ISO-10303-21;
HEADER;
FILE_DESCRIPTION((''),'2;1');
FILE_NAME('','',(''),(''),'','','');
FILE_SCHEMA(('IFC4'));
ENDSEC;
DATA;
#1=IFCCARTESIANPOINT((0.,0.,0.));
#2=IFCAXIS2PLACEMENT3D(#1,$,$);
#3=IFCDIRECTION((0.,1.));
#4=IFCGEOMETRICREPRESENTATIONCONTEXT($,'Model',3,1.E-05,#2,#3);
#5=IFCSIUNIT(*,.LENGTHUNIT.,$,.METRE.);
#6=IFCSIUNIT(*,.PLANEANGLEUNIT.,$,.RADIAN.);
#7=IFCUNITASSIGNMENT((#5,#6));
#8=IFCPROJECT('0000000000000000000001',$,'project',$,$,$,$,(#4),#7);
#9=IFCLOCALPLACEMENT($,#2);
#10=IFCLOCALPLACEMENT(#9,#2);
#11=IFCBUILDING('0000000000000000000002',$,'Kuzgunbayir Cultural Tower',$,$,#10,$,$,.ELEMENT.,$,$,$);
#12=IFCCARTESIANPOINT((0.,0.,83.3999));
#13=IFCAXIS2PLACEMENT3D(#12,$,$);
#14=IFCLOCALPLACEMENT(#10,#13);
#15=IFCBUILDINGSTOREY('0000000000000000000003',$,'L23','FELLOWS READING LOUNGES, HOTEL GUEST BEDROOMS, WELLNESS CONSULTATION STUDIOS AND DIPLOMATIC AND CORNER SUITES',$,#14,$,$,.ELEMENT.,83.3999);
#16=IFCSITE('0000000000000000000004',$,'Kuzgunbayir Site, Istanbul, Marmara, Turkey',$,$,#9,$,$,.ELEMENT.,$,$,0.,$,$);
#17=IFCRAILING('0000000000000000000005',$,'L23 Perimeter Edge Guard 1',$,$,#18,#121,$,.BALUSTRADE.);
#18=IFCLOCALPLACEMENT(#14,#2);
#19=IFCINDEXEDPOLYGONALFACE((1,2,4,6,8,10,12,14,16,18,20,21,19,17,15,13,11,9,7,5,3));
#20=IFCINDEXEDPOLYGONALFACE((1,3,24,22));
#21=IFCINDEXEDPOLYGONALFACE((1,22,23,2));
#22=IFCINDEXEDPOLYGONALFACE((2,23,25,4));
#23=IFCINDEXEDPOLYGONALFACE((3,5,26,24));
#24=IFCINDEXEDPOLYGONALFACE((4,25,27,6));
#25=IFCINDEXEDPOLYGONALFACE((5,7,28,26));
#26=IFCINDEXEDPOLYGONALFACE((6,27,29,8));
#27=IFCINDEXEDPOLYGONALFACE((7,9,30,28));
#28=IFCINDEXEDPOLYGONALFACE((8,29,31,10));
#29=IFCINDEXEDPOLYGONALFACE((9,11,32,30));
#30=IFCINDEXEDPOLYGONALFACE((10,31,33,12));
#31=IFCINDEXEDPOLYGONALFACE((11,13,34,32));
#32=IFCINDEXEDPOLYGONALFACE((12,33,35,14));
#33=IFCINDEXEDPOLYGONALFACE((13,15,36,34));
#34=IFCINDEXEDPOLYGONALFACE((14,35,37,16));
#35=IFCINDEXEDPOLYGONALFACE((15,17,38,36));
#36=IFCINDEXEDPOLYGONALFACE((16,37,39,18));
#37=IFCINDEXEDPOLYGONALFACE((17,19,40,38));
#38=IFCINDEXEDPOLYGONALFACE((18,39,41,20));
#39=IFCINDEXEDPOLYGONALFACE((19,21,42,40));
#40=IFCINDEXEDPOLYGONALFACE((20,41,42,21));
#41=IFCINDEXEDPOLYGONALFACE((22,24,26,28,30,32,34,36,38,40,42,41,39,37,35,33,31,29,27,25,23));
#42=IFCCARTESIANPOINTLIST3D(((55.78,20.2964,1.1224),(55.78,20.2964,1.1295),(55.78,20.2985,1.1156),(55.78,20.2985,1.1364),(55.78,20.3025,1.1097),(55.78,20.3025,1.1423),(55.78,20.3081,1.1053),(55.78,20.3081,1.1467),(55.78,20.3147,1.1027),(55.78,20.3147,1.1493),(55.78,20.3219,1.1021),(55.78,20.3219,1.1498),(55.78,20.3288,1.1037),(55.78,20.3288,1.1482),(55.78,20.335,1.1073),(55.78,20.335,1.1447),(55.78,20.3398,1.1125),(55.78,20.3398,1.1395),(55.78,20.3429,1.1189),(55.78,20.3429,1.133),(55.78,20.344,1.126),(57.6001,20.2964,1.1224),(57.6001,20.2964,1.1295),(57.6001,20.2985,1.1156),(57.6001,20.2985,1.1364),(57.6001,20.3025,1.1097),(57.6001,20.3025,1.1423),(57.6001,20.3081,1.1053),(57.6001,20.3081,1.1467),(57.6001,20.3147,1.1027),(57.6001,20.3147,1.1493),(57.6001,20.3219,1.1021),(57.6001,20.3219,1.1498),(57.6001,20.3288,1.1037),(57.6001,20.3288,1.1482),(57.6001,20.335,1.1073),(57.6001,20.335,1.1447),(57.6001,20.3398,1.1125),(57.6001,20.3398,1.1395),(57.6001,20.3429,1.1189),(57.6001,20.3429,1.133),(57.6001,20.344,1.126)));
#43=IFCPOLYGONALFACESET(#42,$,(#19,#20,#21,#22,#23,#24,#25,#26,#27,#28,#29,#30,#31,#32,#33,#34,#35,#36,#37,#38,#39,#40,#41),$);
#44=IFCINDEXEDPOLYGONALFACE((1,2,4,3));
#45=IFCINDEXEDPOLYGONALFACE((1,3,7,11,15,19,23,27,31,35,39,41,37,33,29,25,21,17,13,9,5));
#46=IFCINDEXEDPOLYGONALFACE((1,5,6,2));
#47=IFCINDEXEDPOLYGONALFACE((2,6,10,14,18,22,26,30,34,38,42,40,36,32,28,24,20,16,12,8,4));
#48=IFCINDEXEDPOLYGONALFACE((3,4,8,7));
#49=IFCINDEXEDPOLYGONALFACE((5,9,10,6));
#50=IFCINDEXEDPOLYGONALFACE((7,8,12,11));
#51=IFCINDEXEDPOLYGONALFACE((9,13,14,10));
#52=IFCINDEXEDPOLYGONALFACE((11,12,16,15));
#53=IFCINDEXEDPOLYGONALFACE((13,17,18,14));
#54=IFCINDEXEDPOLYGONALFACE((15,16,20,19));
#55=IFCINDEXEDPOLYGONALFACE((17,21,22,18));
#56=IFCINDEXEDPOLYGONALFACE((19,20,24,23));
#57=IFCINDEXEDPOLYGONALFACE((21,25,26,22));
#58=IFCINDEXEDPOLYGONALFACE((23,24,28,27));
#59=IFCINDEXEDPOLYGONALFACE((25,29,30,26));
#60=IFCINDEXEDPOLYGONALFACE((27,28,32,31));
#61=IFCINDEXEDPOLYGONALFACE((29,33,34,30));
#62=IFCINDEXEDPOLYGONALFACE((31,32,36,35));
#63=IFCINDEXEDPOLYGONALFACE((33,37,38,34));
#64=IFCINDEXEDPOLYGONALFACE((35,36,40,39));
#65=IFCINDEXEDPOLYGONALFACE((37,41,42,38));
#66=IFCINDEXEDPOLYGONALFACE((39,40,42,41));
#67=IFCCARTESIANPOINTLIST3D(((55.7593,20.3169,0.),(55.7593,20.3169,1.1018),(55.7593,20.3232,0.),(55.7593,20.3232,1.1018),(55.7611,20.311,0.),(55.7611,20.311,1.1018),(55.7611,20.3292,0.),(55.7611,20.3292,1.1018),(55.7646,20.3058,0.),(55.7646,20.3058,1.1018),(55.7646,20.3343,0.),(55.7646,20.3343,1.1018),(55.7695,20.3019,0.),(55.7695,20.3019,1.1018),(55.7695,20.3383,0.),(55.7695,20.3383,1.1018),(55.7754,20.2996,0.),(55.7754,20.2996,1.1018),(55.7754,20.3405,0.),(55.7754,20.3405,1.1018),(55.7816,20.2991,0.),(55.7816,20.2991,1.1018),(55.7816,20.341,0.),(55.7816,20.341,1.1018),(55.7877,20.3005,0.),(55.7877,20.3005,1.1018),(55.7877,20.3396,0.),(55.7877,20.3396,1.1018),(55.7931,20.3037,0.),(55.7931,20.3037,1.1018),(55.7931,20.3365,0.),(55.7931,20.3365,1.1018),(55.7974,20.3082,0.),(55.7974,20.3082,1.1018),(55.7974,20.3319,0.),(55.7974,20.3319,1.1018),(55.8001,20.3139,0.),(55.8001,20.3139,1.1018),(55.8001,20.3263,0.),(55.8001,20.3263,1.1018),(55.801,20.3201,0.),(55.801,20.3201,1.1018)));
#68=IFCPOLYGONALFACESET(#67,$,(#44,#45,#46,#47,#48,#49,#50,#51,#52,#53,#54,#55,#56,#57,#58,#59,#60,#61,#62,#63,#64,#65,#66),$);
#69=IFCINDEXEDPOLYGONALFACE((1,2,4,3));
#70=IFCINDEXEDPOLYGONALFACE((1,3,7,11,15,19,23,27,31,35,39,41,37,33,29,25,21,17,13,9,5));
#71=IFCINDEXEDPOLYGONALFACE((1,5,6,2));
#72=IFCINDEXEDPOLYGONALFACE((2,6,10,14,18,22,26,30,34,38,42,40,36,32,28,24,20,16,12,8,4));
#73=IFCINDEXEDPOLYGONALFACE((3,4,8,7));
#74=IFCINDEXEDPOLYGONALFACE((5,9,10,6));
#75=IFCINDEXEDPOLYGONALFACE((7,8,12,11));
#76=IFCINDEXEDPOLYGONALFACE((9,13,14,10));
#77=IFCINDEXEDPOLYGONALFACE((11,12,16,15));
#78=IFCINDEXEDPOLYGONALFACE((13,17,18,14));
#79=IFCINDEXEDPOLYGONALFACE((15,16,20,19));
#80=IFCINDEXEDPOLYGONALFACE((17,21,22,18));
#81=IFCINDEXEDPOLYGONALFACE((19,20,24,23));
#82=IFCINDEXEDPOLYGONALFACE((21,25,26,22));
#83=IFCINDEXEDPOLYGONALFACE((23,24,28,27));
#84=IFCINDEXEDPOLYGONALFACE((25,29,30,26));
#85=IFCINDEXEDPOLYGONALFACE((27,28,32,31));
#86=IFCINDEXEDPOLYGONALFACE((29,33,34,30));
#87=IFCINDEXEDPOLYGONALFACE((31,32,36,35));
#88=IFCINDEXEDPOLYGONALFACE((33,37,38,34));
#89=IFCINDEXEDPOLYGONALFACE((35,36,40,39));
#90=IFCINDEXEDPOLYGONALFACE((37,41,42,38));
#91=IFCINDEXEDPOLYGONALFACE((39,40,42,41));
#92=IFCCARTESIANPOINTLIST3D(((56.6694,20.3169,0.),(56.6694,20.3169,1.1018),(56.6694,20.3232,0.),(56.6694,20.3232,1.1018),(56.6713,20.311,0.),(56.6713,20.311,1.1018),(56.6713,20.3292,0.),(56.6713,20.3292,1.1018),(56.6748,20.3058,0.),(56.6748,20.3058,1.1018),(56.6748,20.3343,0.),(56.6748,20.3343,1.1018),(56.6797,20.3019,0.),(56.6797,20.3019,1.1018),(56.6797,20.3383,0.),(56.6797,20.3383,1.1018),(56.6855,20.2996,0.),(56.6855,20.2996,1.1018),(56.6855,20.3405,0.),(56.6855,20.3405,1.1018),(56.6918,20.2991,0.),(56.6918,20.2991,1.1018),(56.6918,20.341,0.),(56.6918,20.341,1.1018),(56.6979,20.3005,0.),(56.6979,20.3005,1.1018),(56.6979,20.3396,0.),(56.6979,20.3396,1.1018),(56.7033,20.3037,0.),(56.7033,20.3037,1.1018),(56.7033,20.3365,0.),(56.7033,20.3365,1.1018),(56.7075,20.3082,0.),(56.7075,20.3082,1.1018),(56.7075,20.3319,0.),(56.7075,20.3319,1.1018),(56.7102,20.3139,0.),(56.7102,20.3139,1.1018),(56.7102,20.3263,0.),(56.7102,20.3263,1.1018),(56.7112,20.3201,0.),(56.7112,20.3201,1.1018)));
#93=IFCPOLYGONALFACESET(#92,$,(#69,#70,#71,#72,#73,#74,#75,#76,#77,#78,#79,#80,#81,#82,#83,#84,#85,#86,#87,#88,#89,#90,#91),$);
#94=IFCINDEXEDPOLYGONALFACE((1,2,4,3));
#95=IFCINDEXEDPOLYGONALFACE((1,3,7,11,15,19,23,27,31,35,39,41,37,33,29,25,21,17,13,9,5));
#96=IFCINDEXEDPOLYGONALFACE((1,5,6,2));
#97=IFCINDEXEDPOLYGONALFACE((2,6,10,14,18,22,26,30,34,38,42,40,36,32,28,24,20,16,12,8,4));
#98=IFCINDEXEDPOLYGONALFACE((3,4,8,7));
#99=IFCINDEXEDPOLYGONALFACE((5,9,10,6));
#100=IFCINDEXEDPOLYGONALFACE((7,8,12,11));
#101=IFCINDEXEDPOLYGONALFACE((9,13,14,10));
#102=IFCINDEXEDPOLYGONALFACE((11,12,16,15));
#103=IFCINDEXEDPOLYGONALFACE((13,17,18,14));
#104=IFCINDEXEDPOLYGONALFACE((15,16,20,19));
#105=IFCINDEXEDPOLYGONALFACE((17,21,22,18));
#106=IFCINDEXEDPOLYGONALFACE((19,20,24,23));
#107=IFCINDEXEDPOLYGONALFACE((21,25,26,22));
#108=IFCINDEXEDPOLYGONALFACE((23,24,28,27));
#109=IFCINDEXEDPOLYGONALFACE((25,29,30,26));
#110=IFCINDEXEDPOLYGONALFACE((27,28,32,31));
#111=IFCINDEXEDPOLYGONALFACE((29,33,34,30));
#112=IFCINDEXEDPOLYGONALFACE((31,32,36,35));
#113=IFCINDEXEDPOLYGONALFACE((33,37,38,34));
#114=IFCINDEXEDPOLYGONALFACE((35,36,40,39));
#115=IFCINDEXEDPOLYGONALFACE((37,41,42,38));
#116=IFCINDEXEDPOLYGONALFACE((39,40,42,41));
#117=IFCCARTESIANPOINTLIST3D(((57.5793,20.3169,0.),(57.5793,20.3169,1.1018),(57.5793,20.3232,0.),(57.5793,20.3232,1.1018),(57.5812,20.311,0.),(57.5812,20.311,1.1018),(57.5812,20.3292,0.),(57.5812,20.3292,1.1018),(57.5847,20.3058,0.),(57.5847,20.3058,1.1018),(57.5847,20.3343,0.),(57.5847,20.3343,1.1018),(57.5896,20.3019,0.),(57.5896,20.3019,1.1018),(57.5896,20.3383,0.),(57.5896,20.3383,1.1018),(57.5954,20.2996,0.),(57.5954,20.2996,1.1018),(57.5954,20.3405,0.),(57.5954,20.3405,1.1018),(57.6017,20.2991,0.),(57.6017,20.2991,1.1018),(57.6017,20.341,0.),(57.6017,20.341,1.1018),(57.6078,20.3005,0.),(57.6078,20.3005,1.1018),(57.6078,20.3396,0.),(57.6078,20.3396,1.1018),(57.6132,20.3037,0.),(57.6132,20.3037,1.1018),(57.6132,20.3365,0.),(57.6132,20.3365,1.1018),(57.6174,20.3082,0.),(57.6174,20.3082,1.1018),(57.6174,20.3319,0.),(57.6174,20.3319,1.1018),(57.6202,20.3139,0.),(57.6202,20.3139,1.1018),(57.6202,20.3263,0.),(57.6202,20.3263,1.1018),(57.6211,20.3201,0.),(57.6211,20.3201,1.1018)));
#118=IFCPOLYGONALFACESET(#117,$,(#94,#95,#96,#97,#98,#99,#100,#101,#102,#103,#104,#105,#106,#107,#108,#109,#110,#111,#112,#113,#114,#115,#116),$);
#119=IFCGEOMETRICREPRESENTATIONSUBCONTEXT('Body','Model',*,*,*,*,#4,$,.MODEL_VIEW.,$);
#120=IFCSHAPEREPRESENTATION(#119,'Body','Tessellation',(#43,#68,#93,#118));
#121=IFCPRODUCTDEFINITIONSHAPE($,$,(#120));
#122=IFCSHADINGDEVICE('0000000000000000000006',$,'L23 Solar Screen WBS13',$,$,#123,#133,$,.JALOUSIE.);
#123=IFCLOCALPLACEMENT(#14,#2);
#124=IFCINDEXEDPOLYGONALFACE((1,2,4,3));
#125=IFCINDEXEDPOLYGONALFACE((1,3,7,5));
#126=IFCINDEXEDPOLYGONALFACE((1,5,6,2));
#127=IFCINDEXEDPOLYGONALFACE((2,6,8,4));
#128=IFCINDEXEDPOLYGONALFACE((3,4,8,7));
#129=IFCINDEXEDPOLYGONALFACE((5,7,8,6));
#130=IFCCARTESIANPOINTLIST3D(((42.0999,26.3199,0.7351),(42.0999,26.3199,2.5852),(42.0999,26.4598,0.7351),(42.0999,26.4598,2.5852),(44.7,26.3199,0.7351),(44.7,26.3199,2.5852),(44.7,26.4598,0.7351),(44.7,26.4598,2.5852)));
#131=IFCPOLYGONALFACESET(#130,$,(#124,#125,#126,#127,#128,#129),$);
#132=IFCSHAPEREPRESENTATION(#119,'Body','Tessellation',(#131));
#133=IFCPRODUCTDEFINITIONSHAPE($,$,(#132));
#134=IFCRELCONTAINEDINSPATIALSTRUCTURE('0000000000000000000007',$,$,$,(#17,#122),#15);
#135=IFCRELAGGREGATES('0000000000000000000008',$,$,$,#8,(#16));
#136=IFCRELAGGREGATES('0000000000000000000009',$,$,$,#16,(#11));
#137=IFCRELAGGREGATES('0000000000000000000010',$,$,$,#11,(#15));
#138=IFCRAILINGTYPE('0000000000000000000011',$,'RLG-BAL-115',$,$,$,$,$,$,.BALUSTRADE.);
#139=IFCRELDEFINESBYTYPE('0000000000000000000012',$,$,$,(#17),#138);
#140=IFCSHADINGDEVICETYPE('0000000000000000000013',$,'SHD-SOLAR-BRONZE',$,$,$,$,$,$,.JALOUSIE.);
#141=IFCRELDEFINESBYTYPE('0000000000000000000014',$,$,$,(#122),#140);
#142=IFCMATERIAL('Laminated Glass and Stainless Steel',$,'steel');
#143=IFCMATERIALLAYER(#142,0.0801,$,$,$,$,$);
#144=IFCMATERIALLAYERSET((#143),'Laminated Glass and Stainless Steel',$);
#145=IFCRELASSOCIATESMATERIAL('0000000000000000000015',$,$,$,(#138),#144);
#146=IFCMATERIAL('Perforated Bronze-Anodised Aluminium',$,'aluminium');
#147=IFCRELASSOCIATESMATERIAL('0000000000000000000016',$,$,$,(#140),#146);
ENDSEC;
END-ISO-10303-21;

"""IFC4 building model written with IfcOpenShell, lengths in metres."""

from ifc_helpers import new_model, si_unit, direction, frame, origin, origin_2d, place, context, subcontext, project, spatial, rectangle, circle, extrude, material, layer, layer_set, type_object, element, save


model = new_model("IFC4")

# Units and contexts
model_context = context("Model", 3, precision=1e-05, world=origin(), true_north=direction((0.0, 1.0)))
body_context = subcontext(model_context, "Body", "Model", "MODEL_VIEW")
ifc_project = project(units=[si_unit("LENGTHUNIT", "METRE"), si_unit("PLANEANGLEUNIT", "RADIAN")], contexts=[model_context])

# Site, building, storey
site_placement = place(None, origin())
site = spatial("IfcSite", under=ifc_project, at=site_placement, Name="Kuzgunbayir Site, Istanbul, Marmara, Turkey", CompositionType="ELEMENT", RefElevation=0.0)
building_placement = place(site_placement, origin())
building = spatial("IfcBuilding", under=site, at=building_placement, Name="Kuzgunbayir Cultural Tower", CompositionType="ELEMENT")
storey_placement = place(building_placement, frame((0.0, 0.0, 83.3999)))
storey = spatial("IfcBuildingStorey", under=building, at=storey_placement, Name="L23", Description="FELLOWS READING LOUNGES, HOTEL GUEST BEDROOMS, WELLNESS CONSULTATION STUDIOS AND DIPLOMATIC AND CORNER SUITES", CompositionType="ELEMENT", Elevation=83.3999)

# Railing
ifc_material_1 = material(Name="Laminated Glass and Stainless Steel", Category="steel")
ifc_layer_1 = layer(ifc_material_1, 0.0801)
ifc_layer_set_1 = layer_set([ifc_layer_1], Name="Laminated Glass and Stainless Steel")
railing_type = type_object("IfcRailingType", Name="RLG-BAL-115", PredefinedType="BALUSTRADE", material=ifc_layer_set_1)
railing_placement = place(storey_placement, frame((55.78, 20.3201, 0.0)))
element("IfcRailing", 1, at=railing_placement, inside=storey, type_object=railing_type, Name="L23 Perimeter Edge Guard 1", PredefinedType="BALUSTRADE", context=body_context, shape_type="SweptSolid", body=[
    extrude(circle(Radius=0.0239, at=origin_2d()), frame((0.0, 0.0, 1.126), z_axis=(1.0, 0.0, 0.0), x_axis=(0.0, 1.0, 0.0)), (0.0, 0.0, 1.0), 1.8201),
    extrude(circle(Radius=0.021, at=origin_2d()), origin(), (0.0, 0.0, 1.0), 1.1018),
    extrude(circle(Radius=0.021, at=origin_2d()), frame((0.9102, 0.0, 0.0)), (0.0, 0.0, 1.0), 1.1018),
    extrude(circle(Radius=0.021, at=origin_2d()), frame((1.8201, 0.0, 0.0)), (0.0, 0.0, 1.0), 1.1018),
])

# Shading device
ifc_material_2 = material(Name="Perforated Bronze-Anodised Aluminium", Category="aluminium")
shading_device_type = type_object("IfcShadingDeviceType", Name="SHD-SOLAR-BRONZE", PredefinedType="JALOUSIE", material=ifc_material_2)
shading_device_placement = place(storey_placement, frame((43.3999, 26.3899, 0.7351), z_axis=(0.0, 0.0, 1.0), x_axis=(1.0, 0.0, 0.0)))
element("IfcShadingDevice", 2, at=shading_device_placement, inside=storey, type_object=shading_device_type, Name="L23 Solar Screen WBS13", PredefinedType="JALOUSIE", context=body_context, shape_type="SweptSolid", body=[
    extrude(rectangle(XDim=2.6001, YDim=0.1399, at=origin_2d()), origin(), (0.0, 0.0, 1.0), 1.8501),
])

save(model, "model.ifc")
